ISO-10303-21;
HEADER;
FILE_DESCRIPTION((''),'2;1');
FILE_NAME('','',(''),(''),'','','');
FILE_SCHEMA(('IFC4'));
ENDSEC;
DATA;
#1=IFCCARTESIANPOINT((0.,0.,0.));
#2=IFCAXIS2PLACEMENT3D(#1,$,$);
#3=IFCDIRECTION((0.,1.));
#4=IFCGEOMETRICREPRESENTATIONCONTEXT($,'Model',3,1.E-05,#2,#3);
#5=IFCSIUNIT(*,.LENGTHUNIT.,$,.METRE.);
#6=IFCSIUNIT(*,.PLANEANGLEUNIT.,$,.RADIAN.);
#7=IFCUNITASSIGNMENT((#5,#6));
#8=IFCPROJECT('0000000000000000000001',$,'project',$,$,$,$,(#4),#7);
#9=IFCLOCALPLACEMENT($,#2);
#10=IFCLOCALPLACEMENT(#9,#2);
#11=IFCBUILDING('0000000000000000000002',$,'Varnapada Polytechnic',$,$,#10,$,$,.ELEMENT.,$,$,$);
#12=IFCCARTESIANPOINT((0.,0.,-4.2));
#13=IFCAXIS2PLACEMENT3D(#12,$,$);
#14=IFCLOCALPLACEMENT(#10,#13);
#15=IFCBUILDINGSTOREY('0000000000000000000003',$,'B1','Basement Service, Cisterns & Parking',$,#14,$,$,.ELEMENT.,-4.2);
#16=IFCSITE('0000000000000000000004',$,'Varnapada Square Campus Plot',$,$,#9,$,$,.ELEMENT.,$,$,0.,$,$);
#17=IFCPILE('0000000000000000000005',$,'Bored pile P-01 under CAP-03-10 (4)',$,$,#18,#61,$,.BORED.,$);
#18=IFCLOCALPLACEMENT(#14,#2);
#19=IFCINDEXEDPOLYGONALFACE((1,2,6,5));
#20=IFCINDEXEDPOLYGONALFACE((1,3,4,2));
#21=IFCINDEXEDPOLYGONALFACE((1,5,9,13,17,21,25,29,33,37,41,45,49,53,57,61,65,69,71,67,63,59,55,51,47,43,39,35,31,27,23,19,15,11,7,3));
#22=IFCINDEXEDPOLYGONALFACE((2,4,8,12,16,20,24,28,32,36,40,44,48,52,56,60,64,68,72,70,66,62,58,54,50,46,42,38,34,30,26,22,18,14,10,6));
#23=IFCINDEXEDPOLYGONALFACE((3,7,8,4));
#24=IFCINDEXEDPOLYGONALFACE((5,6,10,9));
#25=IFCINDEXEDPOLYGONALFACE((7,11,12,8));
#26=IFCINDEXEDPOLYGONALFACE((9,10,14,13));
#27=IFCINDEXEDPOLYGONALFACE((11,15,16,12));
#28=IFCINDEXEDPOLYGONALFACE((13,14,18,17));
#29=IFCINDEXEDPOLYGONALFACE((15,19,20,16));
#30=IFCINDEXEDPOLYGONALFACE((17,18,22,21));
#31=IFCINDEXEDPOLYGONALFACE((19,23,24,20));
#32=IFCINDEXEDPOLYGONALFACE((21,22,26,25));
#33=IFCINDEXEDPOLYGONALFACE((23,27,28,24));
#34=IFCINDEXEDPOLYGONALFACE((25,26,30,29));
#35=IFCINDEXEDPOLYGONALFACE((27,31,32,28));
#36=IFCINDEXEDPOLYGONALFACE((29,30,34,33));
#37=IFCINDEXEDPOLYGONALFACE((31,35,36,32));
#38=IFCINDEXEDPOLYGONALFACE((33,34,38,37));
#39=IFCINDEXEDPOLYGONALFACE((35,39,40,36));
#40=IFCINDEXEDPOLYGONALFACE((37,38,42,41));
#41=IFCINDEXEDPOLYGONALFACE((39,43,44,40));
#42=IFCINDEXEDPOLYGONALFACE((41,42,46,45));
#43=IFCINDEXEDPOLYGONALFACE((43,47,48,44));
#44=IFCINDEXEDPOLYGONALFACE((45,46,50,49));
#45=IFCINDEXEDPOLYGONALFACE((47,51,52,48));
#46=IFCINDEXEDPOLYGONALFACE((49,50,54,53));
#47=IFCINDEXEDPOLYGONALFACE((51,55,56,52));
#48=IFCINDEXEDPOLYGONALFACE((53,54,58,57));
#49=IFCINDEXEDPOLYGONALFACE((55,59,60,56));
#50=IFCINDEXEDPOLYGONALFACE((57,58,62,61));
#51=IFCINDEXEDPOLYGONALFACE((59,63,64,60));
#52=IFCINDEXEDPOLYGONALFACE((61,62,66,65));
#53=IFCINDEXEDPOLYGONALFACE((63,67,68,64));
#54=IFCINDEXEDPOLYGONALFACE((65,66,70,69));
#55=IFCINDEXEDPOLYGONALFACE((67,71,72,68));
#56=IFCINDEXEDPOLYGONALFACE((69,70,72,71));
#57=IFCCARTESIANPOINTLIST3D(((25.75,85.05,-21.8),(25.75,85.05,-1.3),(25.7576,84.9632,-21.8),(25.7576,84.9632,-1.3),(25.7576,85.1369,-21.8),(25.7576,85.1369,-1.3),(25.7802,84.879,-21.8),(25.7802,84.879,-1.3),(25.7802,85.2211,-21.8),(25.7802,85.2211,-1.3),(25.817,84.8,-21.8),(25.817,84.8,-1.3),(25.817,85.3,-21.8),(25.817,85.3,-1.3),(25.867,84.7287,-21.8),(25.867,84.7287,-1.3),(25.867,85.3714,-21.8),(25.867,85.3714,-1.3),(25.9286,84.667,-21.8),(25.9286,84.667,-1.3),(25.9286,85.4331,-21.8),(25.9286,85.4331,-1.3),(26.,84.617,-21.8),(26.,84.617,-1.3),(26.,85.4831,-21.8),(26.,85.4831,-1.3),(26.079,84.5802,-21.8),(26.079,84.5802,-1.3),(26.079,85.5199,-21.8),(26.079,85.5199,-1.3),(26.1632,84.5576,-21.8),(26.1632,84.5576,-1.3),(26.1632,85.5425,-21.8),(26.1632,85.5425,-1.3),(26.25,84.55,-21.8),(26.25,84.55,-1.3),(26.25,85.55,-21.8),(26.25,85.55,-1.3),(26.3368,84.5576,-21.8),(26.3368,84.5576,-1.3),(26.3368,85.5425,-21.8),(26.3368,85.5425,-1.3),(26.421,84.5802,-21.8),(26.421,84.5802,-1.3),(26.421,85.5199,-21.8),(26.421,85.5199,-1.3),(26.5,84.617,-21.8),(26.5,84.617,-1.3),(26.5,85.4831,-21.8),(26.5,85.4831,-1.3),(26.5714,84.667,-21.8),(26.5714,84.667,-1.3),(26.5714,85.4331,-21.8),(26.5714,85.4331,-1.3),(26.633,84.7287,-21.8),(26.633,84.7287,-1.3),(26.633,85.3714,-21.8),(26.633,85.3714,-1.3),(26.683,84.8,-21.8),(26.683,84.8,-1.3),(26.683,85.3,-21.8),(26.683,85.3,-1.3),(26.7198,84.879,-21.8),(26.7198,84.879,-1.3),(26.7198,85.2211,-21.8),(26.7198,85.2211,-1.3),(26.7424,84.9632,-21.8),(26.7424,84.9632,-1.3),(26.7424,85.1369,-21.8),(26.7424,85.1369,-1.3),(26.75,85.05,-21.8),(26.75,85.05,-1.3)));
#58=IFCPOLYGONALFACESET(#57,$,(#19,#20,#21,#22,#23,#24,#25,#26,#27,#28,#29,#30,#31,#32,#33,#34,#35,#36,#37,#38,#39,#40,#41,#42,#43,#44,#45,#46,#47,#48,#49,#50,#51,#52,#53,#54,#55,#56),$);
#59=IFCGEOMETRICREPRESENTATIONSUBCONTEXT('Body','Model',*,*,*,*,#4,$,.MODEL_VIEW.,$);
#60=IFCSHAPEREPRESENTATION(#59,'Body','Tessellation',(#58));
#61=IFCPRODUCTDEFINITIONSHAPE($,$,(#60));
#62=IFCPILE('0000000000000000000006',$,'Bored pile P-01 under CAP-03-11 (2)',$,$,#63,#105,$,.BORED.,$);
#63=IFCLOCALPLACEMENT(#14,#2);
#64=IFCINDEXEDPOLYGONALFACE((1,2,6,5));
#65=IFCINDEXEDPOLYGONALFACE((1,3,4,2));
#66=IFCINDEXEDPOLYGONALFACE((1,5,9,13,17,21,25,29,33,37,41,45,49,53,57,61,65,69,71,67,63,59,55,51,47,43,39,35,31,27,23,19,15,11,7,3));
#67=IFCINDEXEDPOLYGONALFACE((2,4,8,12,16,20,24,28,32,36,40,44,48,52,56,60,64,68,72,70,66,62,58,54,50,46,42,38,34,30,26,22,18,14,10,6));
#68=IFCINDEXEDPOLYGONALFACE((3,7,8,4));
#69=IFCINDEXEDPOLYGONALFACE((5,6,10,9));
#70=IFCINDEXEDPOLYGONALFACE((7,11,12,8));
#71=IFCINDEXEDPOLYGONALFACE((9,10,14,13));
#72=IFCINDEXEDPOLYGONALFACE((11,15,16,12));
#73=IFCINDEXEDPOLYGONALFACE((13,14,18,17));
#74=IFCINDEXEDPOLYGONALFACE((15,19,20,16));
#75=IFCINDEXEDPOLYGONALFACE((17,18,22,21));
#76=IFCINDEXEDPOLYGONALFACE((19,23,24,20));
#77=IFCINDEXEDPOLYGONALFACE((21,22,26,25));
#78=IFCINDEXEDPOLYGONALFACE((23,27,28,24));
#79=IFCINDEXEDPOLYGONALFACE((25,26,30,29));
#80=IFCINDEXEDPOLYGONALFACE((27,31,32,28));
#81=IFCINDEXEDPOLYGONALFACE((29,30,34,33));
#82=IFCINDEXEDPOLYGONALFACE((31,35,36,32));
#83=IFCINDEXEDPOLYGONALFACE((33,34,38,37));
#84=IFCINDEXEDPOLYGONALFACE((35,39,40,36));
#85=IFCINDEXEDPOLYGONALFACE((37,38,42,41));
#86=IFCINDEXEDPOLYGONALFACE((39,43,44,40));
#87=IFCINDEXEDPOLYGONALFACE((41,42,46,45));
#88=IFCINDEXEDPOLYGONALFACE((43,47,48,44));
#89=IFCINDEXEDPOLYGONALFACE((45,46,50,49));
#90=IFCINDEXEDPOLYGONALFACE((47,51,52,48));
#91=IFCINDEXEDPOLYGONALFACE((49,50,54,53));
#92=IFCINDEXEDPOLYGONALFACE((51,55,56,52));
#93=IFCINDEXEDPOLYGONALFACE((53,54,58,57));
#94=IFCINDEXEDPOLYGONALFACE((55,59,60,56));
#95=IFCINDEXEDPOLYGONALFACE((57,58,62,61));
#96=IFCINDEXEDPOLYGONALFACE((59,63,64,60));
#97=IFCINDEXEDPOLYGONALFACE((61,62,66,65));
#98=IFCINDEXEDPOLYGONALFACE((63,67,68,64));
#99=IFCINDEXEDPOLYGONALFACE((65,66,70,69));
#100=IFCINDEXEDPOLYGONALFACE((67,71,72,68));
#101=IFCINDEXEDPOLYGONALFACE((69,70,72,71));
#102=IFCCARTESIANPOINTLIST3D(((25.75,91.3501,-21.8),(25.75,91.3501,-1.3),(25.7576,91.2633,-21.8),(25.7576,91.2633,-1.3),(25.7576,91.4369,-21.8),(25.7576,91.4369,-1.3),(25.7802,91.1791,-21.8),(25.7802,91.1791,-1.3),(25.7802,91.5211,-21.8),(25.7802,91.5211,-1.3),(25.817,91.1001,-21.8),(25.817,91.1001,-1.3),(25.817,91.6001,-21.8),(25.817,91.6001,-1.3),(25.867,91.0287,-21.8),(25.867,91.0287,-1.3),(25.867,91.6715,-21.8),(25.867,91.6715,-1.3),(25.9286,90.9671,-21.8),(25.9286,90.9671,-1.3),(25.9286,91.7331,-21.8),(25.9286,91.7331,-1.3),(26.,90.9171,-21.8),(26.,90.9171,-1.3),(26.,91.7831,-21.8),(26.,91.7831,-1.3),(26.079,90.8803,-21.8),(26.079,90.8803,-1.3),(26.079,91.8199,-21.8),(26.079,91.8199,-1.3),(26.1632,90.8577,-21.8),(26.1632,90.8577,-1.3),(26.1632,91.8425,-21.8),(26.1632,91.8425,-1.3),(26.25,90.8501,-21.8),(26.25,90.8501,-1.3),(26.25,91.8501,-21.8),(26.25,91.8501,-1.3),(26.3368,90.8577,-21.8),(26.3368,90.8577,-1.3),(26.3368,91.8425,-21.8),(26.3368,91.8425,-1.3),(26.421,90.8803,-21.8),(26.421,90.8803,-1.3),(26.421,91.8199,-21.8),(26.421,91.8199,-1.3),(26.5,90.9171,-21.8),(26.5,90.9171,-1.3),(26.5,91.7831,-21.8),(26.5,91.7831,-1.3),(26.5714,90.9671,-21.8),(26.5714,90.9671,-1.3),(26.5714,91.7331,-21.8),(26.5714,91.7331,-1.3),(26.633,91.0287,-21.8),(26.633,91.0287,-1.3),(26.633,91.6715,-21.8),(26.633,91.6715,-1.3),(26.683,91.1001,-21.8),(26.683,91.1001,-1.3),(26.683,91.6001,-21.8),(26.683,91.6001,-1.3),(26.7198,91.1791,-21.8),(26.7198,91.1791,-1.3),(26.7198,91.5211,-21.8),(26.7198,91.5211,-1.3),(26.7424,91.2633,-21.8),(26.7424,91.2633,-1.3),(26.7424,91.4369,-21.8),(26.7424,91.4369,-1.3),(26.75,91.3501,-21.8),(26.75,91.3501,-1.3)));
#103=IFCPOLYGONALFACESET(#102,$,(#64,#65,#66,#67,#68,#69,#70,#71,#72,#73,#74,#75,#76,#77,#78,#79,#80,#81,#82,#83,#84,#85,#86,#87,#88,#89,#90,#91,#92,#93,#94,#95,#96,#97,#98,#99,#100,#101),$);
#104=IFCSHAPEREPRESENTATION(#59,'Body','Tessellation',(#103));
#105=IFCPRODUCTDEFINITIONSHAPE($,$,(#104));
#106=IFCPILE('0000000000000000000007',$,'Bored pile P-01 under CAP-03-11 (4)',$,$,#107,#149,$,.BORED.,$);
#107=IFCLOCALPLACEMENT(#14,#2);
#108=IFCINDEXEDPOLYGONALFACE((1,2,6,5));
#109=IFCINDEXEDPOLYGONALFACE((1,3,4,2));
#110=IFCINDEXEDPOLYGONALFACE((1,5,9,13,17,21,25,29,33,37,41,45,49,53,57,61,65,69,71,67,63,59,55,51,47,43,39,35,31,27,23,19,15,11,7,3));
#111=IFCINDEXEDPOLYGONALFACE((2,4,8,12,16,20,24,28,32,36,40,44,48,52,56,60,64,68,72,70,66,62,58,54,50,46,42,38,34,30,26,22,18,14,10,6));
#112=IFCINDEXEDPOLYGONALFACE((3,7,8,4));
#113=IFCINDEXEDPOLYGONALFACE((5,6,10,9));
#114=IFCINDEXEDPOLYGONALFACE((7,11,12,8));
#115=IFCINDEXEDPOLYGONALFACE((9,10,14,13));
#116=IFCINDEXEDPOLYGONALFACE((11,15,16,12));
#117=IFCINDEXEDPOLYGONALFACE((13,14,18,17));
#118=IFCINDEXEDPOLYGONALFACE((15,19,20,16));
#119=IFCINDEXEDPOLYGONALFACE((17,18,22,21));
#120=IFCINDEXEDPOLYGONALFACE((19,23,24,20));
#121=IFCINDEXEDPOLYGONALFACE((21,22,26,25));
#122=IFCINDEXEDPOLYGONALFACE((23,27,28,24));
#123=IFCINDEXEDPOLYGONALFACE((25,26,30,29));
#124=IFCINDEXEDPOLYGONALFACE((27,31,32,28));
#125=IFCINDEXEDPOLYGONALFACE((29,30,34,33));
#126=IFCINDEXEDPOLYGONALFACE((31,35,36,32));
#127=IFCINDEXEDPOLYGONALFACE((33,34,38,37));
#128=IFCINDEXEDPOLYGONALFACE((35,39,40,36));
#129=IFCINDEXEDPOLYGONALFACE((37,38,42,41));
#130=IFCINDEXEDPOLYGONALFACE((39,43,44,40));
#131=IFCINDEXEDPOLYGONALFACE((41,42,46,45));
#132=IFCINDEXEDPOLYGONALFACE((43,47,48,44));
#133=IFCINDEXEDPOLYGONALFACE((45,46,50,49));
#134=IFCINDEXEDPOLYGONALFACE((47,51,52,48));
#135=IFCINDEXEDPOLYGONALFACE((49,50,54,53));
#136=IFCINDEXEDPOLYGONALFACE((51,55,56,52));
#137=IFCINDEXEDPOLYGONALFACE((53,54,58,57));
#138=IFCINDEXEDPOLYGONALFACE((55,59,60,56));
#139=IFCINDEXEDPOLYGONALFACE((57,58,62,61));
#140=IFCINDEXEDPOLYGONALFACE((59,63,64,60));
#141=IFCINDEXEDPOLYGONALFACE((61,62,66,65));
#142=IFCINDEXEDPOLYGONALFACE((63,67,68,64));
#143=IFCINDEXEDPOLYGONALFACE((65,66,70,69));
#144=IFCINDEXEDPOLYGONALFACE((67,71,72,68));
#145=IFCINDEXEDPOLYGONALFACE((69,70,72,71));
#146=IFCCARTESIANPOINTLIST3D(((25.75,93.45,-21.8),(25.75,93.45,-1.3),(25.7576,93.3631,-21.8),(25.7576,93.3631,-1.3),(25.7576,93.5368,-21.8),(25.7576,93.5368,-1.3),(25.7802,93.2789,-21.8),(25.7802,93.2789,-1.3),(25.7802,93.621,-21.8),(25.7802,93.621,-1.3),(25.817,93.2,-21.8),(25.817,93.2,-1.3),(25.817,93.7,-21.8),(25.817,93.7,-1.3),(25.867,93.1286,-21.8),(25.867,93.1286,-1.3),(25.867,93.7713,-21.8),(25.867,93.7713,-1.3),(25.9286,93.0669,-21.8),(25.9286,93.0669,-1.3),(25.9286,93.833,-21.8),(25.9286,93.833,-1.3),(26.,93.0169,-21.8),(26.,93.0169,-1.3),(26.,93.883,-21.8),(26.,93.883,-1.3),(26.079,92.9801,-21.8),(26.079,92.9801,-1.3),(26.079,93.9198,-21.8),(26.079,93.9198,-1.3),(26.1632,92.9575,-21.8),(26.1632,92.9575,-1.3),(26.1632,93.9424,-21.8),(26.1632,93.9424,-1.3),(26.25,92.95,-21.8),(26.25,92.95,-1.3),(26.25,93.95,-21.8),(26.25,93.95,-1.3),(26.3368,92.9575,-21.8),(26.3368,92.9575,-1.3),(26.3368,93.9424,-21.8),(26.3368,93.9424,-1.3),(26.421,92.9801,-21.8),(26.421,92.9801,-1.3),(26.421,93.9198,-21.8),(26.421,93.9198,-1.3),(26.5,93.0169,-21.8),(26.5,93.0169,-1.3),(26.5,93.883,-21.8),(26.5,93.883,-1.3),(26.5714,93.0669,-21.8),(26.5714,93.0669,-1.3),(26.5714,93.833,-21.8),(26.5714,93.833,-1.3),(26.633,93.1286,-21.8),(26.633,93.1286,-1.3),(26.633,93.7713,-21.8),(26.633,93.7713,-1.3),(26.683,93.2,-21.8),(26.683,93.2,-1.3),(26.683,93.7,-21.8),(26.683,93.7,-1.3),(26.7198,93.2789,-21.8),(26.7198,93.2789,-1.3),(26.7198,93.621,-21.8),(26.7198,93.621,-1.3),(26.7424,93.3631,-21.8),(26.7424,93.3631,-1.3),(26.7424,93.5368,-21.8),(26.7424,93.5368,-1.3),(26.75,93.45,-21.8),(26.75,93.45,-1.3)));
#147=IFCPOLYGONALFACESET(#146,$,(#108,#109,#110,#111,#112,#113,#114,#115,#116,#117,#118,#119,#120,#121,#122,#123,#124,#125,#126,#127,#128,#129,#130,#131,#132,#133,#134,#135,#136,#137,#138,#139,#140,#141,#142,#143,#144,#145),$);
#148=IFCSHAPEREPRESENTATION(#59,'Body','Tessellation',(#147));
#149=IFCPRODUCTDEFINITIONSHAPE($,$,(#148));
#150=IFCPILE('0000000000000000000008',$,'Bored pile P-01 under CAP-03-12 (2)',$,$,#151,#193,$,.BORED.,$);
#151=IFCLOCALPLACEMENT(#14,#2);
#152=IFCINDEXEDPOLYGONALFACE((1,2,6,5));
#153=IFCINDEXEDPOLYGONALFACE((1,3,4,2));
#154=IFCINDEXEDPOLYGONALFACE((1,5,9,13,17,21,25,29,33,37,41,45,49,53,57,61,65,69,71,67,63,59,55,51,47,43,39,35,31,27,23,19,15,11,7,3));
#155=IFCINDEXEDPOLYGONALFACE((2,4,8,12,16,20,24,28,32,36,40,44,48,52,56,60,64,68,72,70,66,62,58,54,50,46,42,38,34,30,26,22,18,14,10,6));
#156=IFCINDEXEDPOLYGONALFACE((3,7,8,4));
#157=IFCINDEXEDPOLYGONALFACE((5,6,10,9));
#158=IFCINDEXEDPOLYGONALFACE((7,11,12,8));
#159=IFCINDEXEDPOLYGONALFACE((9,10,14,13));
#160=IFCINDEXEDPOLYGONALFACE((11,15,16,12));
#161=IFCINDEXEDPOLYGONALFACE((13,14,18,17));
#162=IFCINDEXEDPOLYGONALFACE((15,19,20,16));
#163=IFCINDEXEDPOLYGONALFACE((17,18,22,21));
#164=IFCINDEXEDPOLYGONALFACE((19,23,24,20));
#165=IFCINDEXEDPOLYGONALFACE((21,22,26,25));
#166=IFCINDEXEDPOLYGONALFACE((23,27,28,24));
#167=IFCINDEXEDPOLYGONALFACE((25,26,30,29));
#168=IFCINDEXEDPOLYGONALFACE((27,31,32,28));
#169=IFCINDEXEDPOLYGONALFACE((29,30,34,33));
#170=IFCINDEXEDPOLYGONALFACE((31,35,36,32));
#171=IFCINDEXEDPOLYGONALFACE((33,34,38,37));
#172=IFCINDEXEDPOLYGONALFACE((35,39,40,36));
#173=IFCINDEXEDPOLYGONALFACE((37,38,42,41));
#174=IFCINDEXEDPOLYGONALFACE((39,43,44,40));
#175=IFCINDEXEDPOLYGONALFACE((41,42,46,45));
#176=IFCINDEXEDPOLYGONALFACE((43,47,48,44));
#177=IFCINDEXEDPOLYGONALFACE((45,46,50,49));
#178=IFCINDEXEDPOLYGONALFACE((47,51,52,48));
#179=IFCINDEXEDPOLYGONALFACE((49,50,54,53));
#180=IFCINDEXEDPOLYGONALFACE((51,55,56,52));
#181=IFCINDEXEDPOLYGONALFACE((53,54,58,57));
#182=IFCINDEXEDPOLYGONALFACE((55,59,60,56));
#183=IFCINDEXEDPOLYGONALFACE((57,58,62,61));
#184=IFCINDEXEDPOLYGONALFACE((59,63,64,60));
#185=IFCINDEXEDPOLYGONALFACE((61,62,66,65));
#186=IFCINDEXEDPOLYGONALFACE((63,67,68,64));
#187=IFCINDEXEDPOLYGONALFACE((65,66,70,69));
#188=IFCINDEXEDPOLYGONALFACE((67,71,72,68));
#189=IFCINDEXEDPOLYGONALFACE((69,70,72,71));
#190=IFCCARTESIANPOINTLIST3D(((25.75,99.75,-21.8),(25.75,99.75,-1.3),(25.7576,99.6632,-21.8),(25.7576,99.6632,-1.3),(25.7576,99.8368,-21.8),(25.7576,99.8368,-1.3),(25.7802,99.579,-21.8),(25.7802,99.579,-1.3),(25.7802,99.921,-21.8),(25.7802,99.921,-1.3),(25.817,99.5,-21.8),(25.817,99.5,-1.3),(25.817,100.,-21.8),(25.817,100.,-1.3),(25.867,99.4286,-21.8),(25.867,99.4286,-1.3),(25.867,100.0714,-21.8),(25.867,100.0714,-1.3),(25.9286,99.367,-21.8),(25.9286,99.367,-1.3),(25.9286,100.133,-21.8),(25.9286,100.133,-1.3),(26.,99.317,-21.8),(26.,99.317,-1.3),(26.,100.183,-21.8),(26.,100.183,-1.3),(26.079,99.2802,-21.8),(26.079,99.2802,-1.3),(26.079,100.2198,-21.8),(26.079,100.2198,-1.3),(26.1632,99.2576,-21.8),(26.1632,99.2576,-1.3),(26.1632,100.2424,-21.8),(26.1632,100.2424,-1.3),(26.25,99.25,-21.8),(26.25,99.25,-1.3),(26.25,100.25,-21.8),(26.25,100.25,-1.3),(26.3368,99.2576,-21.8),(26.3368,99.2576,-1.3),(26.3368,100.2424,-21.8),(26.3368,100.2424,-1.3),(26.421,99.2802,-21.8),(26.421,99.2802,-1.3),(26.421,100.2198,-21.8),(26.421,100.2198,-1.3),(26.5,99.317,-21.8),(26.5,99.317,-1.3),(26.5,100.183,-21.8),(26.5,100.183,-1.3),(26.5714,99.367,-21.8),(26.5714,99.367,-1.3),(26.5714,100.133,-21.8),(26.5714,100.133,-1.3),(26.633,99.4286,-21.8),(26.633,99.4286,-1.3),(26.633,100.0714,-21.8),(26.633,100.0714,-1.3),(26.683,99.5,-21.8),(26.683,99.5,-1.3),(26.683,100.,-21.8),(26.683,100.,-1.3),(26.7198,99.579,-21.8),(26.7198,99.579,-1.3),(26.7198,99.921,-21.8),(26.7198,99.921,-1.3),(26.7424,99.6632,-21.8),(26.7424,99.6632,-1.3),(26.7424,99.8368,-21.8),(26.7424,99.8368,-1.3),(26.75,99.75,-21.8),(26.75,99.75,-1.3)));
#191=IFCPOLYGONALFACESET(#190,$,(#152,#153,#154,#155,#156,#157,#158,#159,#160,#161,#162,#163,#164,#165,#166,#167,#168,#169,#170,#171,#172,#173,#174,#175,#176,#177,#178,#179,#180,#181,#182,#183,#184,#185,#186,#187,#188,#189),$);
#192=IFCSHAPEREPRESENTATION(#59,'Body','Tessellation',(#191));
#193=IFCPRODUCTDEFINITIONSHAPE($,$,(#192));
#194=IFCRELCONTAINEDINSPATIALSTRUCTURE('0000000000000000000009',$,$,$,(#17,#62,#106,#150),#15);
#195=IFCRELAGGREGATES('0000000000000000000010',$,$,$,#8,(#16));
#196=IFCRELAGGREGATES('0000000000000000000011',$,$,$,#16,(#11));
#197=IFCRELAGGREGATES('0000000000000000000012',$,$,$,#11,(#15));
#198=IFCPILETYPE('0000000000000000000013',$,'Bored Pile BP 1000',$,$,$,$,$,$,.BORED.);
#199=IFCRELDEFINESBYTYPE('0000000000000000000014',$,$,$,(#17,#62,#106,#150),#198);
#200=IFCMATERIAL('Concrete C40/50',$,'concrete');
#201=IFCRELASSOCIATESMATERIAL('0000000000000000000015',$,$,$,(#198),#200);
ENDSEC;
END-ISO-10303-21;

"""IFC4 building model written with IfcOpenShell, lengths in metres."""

from ifc_helpers import new_model, si_unit, direction, frame, origin, origin_2d, place, context, subcontext, project, spatial, circle, extrude, material, material_profile, profile_set, type_object, element, save


model = new_model("IFC4")

# Units and contexts
model_context = context("Model", 3, precision=1e-05, world=origin(), true_north=direction((0.0, 1.0)))
body_context = subcontext(model_context, "Body", "Model", "MODEL_VIEW")
ifc_project = project(units=[si_unit("LENGTHUNIT", "METRE"), si_unit("PLANEANGLEUNIT", "RADIAN")], contexts=[model_context])

# Site, building, storey
site_placement = place(None, origin())
site = spatial("IfcSite", under=ifc_project, at=site_placement, Name="Varnapada Square Campus Plot", CompositionType="ELEMENT", RefElevation=0.0)
building_placement = place(site_placement, origin())
building = spatial("IfcBuilding", under=site, at=building_placement, Name="Varnapada Polytechnic", CompositionType="ELEMENT")
storey_placement = place(building_placement, frame((0.0, 0.0, -4.2)))
storey = spatial("IfcBuildingStorey", under=building, at=storey_placement, Name="B1", Description="Basement Service, Cisterns & Parking", CompositionType="ELEMENT", Elevation=-4.2)

# Piles
ifc_material_1 = material(Name="Concrete C40/50", Category="concrete")
ifc_material_profile_1 = material_profile(ifc_material_1, circle(Radius=0.5, at=origin_2d()), Name="BP 1000")
ifc_profile_set_1 = profile_set([ifc_material_profile_1], Name="Concrete C40/50")
pile_type_1 = type_object("IfcPileType", Name="Bored Pile BP 1000", PredefinedType="BORED", material=ifc_profile_set_1)
for number, where, z_axis, x_axis, name in (
    (1, (26.25, 85.05, -1.3), (0.0, 0.0, -1.0), (1.0, 0.0, 0.0), "Bored pile P-01 under CAP-03-10 (4)"),
    (2, (26.25, 91.3501, -1.3), (0.0, 0.0, -1.0), (1.0, 0.0, 0.0), "Bored pile P-01 under CAP-03-11 (2)"),
    (3, (26.25, 93.45, -1.3), (0.0, 0.0, -1.0), (1.0, 0.0, 0.0), "Bored pile P-01 under CAP-03-11 (4)"),
    (4, (26.25, 99.75, -1.3), (0.0, 0.0, -1.0), (1.0, 0.0, 0.0), "Bored pile P-01 under CAP-03-12 (2)"),
):
    element("IfcPile", number, at=place(storey_placement, frame(where, z_axis=z_axis, x_axis=x_axis)), inside=storey, type_object=pile_type_1, Name=name, PredefinedType="BORED", context=body_context, shape_type="SweptSolid", body=[
        extrude(circle(Radius=0.5, at=origin_2d()), origin(), (0.0, 0.0, 1.0), 20.5),
    ])

save(model, "model.ifc")
